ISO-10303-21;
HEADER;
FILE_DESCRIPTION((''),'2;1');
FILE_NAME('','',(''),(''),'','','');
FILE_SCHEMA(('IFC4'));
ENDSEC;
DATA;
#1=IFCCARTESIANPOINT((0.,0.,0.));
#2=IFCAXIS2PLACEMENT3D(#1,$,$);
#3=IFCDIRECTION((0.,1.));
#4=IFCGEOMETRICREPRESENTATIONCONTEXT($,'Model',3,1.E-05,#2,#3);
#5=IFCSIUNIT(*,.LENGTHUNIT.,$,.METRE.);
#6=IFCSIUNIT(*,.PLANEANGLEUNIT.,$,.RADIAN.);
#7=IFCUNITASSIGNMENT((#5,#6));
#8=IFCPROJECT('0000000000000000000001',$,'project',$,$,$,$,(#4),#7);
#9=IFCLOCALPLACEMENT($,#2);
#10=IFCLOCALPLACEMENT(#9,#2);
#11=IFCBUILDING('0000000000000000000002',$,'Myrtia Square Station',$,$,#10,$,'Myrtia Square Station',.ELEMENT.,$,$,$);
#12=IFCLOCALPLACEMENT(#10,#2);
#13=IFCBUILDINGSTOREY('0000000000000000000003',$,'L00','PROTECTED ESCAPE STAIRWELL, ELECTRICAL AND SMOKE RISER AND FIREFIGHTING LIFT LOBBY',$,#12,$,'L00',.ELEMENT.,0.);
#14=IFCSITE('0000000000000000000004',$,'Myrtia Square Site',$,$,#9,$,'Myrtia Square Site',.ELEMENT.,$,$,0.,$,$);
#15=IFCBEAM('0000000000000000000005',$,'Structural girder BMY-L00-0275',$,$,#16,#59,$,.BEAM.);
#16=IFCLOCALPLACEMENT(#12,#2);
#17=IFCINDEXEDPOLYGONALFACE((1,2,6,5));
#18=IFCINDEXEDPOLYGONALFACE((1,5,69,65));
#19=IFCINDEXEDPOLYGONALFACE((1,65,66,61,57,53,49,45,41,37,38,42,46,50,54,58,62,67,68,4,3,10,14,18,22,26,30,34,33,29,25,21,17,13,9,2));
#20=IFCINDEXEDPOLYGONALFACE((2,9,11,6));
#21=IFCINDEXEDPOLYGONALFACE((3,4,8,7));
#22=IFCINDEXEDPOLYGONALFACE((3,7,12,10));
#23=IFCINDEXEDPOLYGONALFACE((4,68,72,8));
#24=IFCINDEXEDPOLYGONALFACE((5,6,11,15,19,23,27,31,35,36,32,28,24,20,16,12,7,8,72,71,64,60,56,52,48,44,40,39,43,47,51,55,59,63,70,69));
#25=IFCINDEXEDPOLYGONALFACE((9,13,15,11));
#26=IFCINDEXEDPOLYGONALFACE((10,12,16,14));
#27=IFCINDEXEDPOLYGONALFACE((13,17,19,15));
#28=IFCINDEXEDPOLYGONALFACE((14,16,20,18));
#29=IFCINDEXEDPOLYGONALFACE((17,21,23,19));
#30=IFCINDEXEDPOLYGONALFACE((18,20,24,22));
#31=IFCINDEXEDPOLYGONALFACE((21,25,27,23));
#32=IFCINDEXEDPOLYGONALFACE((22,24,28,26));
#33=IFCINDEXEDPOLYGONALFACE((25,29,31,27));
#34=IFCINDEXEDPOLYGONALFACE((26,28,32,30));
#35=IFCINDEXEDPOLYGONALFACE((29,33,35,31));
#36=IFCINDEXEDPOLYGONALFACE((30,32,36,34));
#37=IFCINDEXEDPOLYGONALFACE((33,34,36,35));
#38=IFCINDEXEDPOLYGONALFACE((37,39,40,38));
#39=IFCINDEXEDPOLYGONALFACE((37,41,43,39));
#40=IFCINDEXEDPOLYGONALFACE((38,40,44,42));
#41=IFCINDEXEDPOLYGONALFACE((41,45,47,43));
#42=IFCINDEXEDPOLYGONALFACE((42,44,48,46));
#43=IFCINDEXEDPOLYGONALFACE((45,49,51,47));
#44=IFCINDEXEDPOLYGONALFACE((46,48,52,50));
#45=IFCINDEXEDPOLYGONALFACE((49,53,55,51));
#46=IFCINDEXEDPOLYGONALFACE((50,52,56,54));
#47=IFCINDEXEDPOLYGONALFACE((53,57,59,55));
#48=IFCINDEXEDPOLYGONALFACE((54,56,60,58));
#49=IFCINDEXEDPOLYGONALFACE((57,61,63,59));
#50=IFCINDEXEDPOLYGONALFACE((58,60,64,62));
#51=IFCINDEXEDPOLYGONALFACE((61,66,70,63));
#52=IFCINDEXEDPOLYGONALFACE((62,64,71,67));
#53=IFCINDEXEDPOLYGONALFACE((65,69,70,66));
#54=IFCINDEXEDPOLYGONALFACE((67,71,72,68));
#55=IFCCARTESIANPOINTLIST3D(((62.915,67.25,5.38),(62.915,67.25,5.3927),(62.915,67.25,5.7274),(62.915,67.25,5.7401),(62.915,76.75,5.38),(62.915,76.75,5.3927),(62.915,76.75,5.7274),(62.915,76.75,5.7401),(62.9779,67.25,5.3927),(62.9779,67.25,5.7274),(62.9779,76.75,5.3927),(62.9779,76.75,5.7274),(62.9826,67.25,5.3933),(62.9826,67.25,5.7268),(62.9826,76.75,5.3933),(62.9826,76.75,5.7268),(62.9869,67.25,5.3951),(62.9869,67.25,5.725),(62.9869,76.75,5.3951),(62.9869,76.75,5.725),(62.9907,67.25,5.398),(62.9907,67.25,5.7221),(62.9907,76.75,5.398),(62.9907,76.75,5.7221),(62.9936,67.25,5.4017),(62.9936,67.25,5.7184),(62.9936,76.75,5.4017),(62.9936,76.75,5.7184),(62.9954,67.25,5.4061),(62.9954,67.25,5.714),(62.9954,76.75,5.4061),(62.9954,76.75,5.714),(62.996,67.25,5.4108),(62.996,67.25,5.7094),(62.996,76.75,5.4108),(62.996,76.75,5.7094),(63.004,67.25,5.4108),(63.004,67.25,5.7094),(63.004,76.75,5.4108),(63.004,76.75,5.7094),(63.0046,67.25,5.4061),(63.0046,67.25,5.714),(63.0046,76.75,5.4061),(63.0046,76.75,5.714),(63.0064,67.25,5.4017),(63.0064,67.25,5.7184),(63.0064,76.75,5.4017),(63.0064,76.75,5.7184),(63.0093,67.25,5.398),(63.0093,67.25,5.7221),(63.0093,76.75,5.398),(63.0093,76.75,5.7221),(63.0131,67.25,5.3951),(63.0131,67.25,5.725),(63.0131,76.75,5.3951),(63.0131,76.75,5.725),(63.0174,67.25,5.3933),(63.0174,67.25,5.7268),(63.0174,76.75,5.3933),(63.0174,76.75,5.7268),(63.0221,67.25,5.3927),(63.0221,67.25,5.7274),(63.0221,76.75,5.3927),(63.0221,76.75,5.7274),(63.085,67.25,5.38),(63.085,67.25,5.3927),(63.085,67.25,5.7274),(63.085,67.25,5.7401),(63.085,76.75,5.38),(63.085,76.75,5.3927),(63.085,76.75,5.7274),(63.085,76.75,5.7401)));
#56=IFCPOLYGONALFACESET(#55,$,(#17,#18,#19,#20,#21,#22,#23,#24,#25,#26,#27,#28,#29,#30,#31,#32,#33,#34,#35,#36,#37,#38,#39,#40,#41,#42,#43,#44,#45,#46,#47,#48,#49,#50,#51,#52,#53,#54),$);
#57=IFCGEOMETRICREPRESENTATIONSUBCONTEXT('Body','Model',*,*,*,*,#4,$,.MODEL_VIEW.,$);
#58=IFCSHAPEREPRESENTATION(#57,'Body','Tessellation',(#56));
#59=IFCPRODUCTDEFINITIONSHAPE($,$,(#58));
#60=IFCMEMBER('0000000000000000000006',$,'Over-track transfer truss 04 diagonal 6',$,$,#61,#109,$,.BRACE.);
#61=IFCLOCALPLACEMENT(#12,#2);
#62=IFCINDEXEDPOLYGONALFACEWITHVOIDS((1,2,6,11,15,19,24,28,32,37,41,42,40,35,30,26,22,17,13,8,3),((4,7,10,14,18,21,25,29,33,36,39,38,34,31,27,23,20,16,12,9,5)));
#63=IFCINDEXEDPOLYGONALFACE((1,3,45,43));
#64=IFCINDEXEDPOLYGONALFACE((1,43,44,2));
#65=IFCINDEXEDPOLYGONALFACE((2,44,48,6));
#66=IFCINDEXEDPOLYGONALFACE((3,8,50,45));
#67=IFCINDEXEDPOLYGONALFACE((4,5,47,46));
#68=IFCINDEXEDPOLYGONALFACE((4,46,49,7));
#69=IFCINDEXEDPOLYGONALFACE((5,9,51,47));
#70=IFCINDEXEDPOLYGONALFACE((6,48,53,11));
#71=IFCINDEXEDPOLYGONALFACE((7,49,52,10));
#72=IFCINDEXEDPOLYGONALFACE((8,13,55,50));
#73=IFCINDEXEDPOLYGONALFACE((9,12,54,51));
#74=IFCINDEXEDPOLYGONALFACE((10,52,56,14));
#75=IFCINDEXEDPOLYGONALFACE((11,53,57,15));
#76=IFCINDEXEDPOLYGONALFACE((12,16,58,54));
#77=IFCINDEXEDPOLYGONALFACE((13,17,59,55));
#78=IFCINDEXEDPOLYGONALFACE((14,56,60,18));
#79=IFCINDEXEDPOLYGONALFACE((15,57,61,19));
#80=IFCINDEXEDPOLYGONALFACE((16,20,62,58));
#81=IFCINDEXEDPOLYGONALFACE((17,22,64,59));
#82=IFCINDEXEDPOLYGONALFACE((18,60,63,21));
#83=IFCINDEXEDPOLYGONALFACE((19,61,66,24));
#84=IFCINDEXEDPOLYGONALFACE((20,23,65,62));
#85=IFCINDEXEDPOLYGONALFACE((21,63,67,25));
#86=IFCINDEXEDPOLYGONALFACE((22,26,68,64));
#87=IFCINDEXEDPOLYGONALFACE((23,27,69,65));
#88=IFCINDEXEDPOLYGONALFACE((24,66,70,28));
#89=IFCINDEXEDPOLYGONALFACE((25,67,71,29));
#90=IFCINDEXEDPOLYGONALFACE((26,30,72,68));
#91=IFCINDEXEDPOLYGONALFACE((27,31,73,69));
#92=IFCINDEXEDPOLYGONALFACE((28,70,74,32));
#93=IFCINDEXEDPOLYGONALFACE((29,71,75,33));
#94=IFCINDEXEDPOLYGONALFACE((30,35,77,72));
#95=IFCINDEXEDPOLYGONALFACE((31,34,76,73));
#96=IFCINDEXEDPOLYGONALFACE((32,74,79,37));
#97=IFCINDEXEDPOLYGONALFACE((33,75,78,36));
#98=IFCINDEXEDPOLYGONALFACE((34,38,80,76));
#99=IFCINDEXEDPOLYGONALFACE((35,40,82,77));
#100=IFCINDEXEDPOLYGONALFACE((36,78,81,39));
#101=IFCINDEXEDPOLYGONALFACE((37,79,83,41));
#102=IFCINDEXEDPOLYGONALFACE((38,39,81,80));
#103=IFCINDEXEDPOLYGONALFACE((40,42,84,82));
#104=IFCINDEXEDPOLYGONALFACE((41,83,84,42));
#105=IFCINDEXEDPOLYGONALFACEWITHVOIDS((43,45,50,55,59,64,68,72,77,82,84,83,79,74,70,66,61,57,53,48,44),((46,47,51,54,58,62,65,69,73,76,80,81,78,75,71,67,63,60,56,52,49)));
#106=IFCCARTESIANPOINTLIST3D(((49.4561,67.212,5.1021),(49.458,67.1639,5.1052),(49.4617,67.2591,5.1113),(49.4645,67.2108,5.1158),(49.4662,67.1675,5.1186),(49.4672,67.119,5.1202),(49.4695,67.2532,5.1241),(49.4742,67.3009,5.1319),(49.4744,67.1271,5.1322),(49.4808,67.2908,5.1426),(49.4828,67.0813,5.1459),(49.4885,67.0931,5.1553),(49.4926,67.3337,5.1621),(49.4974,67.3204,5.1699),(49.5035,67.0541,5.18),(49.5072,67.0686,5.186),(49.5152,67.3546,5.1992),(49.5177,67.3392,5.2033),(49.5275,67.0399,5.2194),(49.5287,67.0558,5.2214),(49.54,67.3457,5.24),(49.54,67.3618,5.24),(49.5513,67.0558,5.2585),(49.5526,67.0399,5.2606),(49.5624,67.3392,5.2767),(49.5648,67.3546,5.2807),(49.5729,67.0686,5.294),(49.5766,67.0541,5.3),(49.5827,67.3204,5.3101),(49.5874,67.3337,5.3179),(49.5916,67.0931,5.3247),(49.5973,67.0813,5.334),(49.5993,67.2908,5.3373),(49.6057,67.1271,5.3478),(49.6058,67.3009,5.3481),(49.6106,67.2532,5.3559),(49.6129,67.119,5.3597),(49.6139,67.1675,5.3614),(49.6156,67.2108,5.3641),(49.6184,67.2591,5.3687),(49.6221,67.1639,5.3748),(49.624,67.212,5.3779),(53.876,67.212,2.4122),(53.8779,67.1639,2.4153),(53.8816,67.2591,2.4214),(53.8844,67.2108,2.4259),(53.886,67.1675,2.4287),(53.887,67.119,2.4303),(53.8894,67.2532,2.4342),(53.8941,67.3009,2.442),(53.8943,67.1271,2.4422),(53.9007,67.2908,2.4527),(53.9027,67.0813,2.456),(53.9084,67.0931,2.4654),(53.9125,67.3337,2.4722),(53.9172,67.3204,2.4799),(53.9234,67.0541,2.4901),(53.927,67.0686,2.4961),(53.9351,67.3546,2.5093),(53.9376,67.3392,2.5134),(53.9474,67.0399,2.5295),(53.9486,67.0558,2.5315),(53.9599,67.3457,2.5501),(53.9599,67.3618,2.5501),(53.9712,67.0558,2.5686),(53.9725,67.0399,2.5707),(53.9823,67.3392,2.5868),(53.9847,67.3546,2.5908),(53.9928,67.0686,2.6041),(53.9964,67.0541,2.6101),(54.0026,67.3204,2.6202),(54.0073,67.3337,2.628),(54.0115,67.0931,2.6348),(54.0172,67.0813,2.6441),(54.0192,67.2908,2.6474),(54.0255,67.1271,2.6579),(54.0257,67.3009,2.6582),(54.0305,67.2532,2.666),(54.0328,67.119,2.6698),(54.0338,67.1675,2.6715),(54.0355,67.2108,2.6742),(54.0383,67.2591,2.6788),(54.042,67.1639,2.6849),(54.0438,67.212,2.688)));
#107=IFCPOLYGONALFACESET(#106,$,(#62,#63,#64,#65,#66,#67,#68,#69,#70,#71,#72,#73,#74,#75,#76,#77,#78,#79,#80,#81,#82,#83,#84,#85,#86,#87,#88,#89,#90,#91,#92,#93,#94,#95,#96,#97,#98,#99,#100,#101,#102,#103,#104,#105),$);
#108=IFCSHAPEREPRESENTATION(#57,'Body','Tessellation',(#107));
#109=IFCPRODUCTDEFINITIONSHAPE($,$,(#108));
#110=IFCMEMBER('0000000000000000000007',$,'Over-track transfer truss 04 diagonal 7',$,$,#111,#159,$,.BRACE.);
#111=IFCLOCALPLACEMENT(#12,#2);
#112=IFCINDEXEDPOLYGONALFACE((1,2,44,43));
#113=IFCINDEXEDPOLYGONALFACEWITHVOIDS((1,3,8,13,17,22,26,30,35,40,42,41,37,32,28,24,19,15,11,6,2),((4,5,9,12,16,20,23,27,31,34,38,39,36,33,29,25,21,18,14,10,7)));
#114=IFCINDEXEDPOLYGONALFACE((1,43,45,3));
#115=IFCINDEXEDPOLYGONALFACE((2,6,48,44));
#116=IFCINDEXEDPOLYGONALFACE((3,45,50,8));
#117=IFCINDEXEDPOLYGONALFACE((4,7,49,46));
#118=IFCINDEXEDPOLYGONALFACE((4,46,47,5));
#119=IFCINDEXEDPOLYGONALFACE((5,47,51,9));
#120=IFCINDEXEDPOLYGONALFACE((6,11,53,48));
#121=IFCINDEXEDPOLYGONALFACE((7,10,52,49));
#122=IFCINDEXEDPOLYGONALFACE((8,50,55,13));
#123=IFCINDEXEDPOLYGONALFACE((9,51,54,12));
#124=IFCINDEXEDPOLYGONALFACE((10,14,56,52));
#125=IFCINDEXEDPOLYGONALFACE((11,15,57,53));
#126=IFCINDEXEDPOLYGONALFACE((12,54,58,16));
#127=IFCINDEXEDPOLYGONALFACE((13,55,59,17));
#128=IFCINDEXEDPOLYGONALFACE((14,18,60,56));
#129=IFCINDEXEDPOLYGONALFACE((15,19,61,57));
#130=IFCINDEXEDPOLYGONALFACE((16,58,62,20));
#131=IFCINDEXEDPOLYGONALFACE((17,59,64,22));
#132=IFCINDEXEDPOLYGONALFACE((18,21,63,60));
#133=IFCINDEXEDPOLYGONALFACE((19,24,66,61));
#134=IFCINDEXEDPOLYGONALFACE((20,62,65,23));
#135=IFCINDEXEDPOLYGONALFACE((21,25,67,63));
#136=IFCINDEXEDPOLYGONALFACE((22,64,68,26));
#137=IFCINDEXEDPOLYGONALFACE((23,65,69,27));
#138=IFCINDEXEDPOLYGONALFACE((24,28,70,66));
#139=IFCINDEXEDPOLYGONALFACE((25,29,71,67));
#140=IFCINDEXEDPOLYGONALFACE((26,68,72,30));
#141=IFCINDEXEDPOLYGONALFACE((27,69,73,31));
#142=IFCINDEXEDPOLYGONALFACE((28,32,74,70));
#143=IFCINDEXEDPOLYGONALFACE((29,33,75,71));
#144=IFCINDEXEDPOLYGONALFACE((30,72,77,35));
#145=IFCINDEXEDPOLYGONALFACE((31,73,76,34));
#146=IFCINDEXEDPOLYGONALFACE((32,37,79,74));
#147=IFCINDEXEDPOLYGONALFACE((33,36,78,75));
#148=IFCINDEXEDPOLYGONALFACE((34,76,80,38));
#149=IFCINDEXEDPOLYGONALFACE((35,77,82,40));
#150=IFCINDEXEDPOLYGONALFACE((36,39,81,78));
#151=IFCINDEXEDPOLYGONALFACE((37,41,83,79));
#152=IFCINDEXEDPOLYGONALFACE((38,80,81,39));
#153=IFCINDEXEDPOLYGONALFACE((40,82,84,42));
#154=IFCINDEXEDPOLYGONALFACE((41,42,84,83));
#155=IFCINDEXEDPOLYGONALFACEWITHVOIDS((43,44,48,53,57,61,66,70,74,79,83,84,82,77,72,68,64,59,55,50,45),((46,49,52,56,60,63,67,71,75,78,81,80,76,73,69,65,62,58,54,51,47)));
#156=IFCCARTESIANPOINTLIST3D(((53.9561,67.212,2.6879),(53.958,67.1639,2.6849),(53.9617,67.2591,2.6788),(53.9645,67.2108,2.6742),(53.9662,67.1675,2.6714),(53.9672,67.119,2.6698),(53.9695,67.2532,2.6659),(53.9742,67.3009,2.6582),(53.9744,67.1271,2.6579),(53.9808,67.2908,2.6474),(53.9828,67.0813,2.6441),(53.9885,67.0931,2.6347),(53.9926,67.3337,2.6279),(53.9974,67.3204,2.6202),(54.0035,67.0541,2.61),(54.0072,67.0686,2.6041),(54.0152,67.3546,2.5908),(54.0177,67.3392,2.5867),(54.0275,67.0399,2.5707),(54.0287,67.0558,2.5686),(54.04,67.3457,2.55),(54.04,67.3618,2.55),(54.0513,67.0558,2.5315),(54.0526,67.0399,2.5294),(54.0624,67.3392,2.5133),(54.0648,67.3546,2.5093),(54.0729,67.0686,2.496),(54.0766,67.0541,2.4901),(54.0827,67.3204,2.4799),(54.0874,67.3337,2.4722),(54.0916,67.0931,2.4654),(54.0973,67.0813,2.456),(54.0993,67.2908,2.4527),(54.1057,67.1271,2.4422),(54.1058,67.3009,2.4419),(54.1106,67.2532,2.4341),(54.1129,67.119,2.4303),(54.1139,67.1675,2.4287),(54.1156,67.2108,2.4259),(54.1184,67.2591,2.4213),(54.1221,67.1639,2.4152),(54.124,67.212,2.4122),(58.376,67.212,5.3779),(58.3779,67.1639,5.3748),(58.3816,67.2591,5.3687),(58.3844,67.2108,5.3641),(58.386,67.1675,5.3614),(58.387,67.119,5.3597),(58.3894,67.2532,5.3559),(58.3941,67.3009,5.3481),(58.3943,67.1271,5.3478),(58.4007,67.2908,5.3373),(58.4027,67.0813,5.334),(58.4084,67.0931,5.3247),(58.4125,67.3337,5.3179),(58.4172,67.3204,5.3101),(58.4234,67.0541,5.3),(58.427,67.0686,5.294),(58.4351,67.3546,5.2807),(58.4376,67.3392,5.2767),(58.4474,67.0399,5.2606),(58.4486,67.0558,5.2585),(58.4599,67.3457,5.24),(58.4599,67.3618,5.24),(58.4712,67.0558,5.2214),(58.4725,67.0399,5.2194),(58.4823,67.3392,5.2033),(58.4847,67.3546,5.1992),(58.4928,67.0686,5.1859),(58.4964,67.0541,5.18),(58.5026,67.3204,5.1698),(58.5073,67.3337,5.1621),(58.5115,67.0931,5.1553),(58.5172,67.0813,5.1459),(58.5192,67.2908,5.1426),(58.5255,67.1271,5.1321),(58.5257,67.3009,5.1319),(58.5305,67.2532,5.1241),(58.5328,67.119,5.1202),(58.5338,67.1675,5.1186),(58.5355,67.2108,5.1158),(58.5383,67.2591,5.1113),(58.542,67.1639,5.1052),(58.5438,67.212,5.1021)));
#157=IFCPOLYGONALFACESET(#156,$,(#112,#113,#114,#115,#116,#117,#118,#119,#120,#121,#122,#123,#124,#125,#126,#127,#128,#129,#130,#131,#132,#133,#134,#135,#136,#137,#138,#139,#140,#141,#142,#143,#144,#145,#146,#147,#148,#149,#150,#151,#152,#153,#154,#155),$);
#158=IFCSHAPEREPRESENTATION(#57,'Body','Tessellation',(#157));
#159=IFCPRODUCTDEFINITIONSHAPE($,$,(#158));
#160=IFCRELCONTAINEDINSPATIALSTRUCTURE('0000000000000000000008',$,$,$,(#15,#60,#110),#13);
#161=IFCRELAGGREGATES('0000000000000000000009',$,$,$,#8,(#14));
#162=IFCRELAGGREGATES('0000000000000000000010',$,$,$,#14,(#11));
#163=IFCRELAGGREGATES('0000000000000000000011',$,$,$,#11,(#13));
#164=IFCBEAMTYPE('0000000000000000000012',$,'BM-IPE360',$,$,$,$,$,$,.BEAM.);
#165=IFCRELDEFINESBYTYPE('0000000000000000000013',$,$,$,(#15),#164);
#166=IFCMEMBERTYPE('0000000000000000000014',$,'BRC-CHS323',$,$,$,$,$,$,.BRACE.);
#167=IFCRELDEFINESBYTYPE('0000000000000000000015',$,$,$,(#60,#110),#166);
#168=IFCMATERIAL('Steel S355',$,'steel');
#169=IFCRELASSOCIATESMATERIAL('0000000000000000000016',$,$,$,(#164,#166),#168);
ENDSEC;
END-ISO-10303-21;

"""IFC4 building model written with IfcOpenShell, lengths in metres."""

from ifc_helpers import new_model, si_unit, direction, frame, origin, origin_2d, place, context, subcontext, project, spatial, hollow_circle, i_section, extrude, material, material_profile, profile_set, type_object, element, save


model = new_model("IFC4")

# Units and contexts
model_context = context("Model", 3, precision=1e-05, world=origin(), true_north=direction((0.0, 1.0)))
body_context = subcontext(model_context, "Body", "Model", "MODEL_VIEW")
ifc_project = project(units=[si_unit("LENGTHUNIT", "METRE"), si_unit("PLANEANGLEUNIT", "RADIAN")], contexts=[model_context])

# Site, building, storey
site_placement = place(None, origin())
site = spatial("IfcSite", under=ifc_project, at=site_placement, Name="Myrtia Square Site", LongName="Myrtia Square Site", CompositionType="ELEMENT", RefElevation=0.0)
building_placement = place(site_placement, origin())
building = spatial("IfcBuilding", under=site, at=building_placement, Name="Myrtia Square Station", LongName="Myrtia Square Station", CompositionType="ELEMENT")
storey_placement = place(building_placement, origin())
storey = spatial("IfcBuildingStorey", under=building, at=storey_placement, Name="L00", Description="PROTECTED ESCAPE STAIRWELL, ELECTRICAL AND SMOKE RISER AND FIREFIGHTING LIFT LOBBY", LongName="L00", CompositionType="ELEMENT", Elevation=0.0)

# Shared definitions
ifc_material_1 = material(Name="Steel S355", Category="steel")

# Beam
ifc_material_profile_1 = material_profile(ifc_material_1, i_section(OverallWidth=0.1699, OverallDepth=0.3601, WebThickness=0.0081, FlangeThickness=0.0127, FilletRadius=0.0181, at=origin_2d()), Name="IPE 360")
ifc_profile_set_1 = profile_set([ifc_material_profile_1], Name="Steel S355")
beam_type = type_object("IfcBeamType", Name="BM-IPE360", PredefinedType="BEAM", material=ifc_profile_set_1)
beam_placement = place(storey_placement, frame((63.0, 67.25, 5.5601), z_axis=(0.0, 1.0, 0.0), x_axis=(-1.0, 0.0, 0.0)))
element("IfcBeam", 1, at=beam_placement, inside=storey, type_object=beam_type, Name="Structural girder BMY-L00-0275", PredefinedType="BEAM", context=body_context, shape_type="SweptSolid", body=[
    extrude(i_section(OverallWidth=0.1699, OverallDepth=0.3601, WebThickness=0.0081, FlangeThickness=0.0127, FilletRadius=0.0181, at=origin_2d()), origin(), (0.0, 0.0, 1.0), 9.5),
])

# Members
ifc_material_profile_2 = material_profile(ifc_material_1, hollow_circle(Radius=0.1619, WallThickness=0.0161, at=origin_2d()), Name="CHS 323.9x16")
ifc_profile_set_2 = profile_set([ifc_material_profile_2], Name="Steel S355")
member_type_1 = type_object("IfcMemberType", Name="BRC-CHS323", PredefinedType="BRACE", material=ifc_profile_set_2)
for number, where, z_axis, x_axis, name in (
    (2, (49.54, 67.2, 5.24), (0.854237, 0.0, -0.519884), (0.0, 1.0, 0.0), "Over-track transfer truss 04 diagonal 6"),
    (3, (54.04, 67.2, 2.55), (0.854237, 0.0, 0.519884), (0.0, 1.0, 0.0), "Over-track transfer truss 04 diagonal 7"),
):
    element("IfcMember", number, at=place(storey_placement, frame(where, z_axis=z_axis, x_axis=x_axis)), inside=storey, type_object=member_type_1, Name=name, PredefinedType="BRACE", context=body_context, shape_type="SweptSolid", body=[
        extrude(hollow_circle(Radius=0.1619, WallThickness=0.0161, at=origin_2d()), origin(), (0.0, 0.0, 1.0), 5.1741),
    ])

save(model, "model.ifc")
